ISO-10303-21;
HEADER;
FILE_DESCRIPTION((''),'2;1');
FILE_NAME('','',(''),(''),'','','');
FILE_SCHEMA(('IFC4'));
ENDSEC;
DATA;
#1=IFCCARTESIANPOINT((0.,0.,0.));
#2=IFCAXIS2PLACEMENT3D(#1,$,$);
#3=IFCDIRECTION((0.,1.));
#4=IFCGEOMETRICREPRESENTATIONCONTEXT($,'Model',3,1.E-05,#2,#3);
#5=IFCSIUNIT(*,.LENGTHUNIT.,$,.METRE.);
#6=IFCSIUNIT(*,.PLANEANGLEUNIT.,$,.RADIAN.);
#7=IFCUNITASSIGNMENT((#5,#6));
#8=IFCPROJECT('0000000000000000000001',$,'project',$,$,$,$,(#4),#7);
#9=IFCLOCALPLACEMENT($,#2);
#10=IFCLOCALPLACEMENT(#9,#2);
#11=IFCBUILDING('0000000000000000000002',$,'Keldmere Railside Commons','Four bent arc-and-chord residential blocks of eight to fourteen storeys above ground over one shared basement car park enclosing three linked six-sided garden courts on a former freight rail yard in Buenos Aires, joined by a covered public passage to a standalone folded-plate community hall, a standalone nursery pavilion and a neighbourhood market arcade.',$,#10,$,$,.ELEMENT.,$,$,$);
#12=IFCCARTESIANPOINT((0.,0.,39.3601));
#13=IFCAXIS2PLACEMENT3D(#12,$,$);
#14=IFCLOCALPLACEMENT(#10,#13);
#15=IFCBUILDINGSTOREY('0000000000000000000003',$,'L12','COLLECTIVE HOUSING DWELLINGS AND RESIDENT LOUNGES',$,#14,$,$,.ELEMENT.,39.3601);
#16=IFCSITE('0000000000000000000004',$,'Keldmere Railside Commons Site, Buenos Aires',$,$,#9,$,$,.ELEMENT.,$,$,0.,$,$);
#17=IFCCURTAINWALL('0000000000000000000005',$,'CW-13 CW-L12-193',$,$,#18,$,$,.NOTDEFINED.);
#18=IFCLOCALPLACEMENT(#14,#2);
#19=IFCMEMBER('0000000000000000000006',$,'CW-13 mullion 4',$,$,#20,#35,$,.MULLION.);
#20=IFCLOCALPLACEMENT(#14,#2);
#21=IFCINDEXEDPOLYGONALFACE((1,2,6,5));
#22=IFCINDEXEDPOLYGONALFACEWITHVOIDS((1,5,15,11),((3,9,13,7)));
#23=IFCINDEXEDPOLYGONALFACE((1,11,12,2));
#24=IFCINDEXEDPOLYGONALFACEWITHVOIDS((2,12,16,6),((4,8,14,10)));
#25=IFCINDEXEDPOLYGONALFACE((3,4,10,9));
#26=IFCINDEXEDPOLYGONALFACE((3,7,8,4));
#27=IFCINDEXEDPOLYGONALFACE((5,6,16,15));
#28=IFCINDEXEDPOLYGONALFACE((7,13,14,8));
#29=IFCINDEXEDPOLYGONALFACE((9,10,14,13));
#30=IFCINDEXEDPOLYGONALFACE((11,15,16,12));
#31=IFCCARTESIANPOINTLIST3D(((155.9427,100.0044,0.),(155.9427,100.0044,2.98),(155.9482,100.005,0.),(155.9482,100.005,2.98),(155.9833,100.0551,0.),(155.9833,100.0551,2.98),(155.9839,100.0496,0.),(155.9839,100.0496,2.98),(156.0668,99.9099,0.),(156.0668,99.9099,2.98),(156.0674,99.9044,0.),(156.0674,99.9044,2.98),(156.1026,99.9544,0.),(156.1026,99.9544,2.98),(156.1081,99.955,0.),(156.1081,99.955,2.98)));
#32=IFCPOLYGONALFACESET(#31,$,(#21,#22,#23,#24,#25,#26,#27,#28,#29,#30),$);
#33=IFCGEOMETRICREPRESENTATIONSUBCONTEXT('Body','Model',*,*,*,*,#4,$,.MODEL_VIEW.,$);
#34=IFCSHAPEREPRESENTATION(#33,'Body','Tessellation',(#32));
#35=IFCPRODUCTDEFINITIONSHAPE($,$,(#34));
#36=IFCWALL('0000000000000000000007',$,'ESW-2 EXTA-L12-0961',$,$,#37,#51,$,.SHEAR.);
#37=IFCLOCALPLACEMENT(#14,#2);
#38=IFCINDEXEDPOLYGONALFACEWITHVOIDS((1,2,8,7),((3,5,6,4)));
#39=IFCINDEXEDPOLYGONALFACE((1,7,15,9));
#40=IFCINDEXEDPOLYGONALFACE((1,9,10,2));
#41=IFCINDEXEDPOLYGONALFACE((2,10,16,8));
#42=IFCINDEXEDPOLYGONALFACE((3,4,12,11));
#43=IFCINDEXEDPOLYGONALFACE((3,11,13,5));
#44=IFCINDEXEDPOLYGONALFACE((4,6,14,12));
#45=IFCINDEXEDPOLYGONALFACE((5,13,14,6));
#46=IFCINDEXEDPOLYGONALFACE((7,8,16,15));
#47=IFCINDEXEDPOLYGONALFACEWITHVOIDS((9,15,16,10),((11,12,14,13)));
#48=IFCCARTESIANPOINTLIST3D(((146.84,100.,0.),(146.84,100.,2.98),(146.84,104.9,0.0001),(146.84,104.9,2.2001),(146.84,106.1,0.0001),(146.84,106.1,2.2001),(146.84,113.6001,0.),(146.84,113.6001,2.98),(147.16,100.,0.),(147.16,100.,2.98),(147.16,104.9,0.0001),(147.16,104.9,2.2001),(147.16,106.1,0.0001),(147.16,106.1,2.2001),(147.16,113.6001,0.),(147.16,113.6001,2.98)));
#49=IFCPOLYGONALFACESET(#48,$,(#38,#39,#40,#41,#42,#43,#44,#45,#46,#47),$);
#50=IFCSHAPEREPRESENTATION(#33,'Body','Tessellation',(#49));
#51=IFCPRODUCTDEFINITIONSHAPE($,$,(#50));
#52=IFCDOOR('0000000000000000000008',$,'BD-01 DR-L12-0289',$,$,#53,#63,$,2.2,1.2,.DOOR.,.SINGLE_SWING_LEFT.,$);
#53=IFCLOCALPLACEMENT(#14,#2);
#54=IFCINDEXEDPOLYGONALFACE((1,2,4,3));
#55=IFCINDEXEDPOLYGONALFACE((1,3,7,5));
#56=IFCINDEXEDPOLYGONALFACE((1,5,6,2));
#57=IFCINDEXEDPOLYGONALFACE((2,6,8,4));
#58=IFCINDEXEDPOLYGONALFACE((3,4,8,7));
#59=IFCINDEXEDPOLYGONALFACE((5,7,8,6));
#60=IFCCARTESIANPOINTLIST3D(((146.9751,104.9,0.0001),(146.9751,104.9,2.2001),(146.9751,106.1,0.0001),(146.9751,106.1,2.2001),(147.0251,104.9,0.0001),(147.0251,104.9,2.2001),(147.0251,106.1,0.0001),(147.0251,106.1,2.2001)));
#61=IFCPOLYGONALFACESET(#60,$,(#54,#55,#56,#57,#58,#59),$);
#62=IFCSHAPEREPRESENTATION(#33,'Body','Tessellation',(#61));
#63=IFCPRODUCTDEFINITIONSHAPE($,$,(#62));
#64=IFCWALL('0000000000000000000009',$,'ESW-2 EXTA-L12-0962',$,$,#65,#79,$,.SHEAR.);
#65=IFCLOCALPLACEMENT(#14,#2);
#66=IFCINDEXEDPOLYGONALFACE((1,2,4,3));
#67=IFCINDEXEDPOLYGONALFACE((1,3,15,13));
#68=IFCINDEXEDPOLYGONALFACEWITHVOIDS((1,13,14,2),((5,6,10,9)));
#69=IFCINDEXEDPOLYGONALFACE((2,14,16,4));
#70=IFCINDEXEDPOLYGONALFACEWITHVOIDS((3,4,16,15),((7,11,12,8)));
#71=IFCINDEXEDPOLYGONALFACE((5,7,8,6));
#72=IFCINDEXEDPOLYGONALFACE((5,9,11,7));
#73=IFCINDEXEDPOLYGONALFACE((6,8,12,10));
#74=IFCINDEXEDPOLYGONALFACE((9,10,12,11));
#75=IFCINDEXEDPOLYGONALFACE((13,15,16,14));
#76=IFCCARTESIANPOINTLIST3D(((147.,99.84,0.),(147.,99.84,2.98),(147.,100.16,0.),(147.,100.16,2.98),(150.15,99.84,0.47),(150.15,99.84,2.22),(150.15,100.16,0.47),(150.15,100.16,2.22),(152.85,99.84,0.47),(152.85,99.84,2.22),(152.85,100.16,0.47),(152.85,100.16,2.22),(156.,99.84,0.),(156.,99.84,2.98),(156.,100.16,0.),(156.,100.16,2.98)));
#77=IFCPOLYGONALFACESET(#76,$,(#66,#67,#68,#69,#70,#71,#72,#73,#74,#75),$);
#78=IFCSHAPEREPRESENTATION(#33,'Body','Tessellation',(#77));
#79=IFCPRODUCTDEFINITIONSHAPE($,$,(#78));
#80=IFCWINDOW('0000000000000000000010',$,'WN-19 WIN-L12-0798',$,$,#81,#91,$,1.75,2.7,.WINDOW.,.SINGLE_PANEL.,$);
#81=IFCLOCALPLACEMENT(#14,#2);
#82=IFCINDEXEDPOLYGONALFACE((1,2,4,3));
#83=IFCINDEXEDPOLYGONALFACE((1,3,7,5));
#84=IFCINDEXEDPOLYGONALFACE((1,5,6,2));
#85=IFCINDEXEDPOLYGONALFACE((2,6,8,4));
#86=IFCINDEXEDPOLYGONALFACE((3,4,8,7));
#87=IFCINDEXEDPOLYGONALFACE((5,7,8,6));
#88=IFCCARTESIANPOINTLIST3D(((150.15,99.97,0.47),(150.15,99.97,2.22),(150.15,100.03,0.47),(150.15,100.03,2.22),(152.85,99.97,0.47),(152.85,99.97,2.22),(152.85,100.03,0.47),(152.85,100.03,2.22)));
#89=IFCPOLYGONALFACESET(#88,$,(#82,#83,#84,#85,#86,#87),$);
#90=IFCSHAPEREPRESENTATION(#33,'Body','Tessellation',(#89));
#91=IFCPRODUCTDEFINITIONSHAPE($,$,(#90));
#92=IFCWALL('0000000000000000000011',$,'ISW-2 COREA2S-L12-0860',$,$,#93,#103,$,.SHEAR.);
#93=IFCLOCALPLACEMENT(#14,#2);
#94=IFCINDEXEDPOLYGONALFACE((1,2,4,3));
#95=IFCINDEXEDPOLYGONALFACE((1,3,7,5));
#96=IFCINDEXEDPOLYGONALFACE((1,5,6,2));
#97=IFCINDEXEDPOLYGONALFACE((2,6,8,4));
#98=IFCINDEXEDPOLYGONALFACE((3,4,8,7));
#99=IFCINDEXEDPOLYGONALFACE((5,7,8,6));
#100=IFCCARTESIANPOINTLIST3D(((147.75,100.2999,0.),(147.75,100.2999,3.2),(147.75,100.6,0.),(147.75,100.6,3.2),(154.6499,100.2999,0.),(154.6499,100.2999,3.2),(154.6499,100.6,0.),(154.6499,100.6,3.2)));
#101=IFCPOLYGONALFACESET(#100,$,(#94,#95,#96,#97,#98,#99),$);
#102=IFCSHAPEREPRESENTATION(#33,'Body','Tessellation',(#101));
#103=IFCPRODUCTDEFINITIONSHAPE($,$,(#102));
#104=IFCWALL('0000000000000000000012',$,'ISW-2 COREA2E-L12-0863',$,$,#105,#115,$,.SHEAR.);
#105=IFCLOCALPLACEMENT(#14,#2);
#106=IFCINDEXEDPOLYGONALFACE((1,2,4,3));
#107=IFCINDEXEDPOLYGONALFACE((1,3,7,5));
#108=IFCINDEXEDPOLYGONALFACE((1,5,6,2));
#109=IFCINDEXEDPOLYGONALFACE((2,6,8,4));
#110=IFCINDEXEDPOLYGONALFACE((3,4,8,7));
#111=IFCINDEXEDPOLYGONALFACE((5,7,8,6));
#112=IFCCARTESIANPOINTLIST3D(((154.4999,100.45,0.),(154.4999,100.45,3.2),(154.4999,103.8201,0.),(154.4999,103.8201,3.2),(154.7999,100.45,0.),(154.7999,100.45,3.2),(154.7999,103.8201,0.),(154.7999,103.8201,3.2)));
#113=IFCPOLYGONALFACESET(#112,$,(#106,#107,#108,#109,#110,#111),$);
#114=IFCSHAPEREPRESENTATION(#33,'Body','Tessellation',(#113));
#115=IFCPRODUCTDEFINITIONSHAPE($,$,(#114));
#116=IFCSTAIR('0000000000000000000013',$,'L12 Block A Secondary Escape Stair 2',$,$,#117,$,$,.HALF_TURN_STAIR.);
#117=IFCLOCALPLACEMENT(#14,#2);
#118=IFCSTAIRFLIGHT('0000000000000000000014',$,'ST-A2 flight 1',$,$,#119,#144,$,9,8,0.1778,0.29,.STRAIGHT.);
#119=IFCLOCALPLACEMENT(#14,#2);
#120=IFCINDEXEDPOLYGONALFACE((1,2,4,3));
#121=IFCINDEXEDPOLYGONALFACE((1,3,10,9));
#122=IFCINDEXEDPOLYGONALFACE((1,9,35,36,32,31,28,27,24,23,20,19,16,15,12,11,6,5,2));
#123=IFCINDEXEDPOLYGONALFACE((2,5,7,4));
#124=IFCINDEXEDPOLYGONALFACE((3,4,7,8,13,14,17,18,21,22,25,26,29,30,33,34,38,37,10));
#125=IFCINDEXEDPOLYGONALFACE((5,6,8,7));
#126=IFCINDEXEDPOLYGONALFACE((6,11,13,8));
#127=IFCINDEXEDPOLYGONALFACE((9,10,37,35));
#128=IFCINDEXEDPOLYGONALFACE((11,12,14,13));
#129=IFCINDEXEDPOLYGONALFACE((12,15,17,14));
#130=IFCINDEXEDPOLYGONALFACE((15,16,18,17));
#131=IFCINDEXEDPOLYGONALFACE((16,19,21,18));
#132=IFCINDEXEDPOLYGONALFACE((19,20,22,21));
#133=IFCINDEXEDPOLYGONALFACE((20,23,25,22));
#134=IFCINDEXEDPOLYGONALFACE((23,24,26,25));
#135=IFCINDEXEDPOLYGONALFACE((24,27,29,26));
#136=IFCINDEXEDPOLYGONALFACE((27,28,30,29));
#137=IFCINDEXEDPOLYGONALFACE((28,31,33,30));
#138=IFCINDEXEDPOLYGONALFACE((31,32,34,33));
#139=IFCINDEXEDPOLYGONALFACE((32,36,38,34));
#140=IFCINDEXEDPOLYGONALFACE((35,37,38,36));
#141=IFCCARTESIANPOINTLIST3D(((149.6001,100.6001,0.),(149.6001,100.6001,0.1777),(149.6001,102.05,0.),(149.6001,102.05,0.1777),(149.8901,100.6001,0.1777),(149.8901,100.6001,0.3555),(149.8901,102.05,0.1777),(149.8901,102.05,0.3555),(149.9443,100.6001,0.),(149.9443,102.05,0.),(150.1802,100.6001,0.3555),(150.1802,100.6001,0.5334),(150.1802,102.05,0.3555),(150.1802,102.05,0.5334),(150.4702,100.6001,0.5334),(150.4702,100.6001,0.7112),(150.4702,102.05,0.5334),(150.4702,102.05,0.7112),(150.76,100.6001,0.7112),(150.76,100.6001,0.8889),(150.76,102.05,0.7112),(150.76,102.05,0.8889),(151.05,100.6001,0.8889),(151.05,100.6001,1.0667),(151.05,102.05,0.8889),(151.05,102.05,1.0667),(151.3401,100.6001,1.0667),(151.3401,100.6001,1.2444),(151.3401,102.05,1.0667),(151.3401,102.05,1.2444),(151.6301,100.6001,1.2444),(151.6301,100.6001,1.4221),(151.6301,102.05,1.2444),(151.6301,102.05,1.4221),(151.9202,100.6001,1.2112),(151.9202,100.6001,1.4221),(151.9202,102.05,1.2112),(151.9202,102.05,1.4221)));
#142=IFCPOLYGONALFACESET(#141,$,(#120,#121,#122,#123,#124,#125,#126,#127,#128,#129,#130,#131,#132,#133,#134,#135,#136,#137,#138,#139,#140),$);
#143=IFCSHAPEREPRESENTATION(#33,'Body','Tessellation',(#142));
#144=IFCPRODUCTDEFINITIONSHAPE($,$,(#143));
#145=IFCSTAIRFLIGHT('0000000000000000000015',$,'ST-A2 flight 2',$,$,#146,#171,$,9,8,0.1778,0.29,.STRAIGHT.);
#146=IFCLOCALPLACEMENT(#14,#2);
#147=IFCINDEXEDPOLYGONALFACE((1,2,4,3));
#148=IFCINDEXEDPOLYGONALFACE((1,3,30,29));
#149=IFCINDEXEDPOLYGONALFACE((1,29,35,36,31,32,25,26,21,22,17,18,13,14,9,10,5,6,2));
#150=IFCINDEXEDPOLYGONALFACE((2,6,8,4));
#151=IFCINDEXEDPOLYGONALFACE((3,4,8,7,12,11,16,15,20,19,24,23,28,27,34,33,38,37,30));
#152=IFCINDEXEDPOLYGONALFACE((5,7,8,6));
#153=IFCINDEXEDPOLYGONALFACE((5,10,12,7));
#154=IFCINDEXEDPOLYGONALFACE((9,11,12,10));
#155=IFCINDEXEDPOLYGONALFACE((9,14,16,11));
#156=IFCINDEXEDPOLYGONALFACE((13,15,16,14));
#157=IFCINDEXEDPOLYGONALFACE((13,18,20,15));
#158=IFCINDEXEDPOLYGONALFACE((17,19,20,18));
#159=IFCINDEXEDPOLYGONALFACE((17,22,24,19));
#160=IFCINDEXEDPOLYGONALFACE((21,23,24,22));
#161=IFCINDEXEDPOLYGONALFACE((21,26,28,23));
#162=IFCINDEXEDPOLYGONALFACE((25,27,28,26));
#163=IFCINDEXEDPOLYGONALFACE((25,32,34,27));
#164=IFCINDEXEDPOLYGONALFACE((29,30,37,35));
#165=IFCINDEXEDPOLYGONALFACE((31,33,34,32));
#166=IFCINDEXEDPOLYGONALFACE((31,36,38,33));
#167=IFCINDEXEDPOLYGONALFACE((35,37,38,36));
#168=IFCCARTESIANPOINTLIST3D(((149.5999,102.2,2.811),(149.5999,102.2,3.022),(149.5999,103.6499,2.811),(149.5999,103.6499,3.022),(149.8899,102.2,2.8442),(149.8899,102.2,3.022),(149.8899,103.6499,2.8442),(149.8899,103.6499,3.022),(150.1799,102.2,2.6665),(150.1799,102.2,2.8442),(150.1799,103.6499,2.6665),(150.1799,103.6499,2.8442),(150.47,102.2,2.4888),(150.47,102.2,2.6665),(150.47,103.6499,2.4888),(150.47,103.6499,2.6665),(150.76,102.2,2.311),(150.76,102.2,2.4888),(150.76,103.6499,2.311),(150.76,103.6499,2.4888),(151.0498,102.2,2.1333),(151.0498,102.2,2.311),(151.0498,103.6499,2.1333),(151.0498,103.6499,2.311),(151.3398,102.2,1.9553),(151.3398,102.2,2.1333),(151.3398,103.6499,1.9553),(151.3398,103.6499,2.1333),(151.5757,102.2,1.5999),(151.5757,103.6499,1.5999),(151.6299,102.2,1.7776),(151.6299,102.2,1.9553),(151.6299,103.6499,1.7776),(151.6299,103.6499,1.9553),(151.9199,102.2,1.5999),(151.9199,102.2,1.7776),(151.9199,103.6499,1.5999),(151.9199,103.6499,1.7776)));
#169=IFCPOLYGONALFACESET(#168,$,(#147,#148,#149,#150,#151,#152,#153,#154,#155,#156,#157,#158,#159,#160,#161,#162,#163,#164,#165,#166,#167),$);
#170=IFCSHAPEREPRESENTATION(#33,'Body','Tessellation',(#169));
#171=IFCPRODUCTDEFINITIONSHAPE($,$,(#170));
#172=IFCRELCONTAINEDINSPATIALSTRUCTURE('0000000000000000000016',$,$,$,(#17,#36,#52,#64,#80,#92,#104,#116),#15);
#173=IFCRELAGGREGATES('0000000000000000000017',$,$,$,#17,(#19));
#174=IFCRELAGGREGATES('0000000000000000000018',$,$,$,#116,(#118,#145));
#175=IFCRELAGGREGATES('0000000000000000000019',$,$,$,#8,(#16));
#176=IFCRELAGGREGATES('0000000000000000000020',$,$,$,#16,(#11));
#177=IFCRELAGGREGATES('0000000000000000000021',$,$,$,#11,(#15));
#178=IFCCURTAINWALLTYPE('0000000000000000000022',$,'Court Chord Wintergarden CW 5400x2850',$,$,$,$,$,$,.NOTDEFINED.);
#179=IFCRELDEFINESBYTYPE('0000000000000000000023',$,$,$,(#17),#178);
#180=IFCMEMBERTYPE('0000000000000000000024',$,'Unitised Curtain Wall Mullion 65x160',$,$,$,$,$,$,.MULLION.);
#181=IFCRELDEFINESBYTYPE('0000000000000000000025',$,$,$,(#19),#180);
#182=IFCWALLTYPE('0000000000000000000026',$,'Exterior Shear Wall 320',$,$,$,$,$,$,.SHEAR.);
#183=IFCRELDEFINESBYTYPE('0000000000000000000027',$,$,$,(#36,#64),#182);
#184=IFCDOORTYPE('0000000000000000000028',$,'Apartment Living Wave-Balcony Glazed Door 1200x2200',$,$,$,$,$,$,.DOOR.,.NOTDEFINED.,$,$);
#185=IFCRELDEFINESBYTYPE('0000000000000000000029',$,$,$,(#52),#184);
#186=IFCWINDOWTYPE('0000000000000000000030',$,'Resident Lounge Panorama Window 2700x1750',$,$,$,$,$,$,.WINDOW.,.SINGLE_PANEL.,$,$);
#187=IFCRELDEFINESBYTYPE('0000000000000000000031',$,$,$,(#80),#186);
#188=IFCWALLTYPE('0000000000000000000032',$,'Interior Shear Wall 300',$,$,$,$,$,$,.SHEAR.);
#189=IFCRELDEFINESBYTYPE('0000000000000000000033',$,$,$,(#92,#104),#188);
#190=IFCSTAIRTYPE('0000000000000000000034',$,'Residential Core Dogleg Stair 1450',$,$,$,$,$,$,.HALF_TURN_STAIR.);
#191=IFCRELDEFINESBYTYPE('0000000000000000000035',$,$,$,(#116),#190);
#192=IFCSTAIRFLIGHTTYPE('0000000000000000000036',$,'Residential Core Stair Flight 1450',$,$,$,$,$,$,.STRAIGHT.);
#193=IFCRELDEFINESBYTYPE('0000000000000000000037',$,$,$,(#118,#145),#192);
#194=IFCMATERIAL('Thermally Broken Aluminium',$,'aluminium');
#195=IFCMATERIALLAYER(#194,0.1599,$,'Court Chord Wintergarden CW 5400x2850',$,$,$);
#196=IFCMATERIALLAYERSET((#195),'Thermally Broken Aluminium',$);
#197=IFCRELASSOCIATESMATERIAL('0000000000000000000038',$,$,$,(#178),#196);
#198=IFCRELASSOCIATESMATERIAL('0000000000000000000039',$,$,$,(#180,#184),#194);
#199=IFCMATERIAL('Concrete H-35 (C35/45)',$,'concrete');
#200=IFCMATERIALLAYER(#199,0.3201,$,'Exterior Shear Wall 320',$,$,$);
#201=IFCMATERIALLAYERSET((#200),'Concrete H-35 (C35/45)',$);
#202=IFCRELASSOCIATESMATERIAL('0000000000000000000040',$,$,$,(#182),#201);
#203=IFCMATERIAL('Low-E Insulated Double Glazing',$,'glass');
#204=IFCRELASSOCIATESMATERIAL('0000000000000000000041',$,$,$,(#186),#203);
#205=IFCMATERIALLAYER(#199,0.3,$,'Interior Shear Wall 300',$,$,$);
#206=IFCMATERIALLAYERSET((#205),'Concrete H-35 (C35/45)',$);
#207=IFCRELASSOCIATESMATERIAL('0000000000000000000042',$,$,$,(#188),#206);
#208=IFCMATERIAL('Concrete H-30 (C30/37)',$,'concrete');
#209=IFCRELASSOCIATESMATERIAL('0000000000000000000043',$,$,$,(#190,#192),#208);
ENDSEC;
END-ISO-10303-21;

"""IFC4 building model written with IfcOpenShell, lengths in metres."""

from ifc_helpers import new_model, si_unit, direction, frame, frame_2d, origin, origin_2d, place, context, subcontext, project, spatial, polyline, rectangle, hollow_rectangle, outline, extrude, material, layer, layer_set, material_profile, profile_set, type_object, element, fill, aggregate, save


model = new_model("IFC4")

# Units and contexts
model_context = context("Model", 3, precision=1e-05, world=origin(), true_north=direction((0.0, 1.0)))
body_context = subcontext(model_context, "Body", "Model", "MODEL_VIEW")
ifc_project = project(units=[si_unit("LENGTHUNIT", "METRE"), si_unit("PLANEANGLEUNIT", "RADIAN")], contexts=[model_context])

# Site, building, storey
site_placement = place(None, origin())
site = spatial("IfcSite", under=ifc_project, at=site_placement, Name="Keldmere Railside Commons Site, Buenos Aires", CompositionType="ELEMENT", RefElevation=0.0)
building_placement = place(site_placement, origin())
building = spatial("IfcBuilding", under=site, at=building_placement, Name="Keldmere Railside Commons", Description="Four bent arc-and-chord residential blocks of eight to fourteen storeys above ground over one shared basement car park enclosing three linked six-sided garden courts on a former freight rail yard in Buenos Aires, joined by a covered public passage to a standalone folded-plate community hall, a standalone nursery pavilion and a neighbourhood market arcade.", CompositionType="ELEMENT")
storey_placement = place(building_placement, frame((0.0, 0.0, 39.3601)))
storey = spatial("IfcBuildingStorey", under=building, at=storey_placement, Name="L12", Description="COLLECTIVE HOUSING DWELLINGS AND RESIDENT LOUNGES", CompositionType="ELEMENT", Elevation=39.3601)

# Curtain wall, member
ifc_material_1 = material(Name="Thermally Broken Aluminium", Category="aluminium")
ifc_layer_1 = layer(ifc_material_1, 0.1599, Name="Court Chord Wintergarden CW 5400x2850")
ifc_layer_set_1 = layer_set([ifc_layer_1], Name="Thermally Broken Aluminium")
curtain_wall_type = type_object("IfcCurtainWallType", Name="Court Chord Wintergarden CW 5400x2850", PredefinedType="NOTDEFINED", material=ifc_layer_set_1)
curtain_wall_placement = place(storey_placement, origin())
curtain_wall = element("IfcCurtainWall", 1, at=curtain_wall_placement, inside=storey, type_object=curtain_wall_type, Name="CW-13 CW-L12-193", PredefinedType="NOTDEFINED")
ifc_material_profile = material_profile(ifc_material_1, hollow_rectangle(XDim=0.0649, YDim=0.1599, WallThickness=0.0039, at=origin_2d()), Name="ALU-MULL-65x160")
ifc_profile_set = profile_set([ifc_material_profile], Name="Thermally Broken Aluminium")
member_type = type_object("IfcMemberType", Name="Unitised Curtain Wall Mullion 65x160", PredefinedType="MULLION", material=ifc_profile_set)
member_placement = place(storey_placement, frame((156.0254, 99.9797, 0.0), z_axis=(0.0, 0.0, 1.0), x_axis=(-0.625768, -0.780009, 0.0)))
member = element("IfcMember", 2, at=member_placement, type_object=member_type, Name="CW-13 mullion 4", PredefinedType="MULLION", context=body_context, shape_type="SweptSolid", body=[
    extrude(hollow_rectangle(XDim=0.0649, YDim=0.1599, WallThickness=0.0039, at=origin_2d()), origin(), (0.0, 0.0, 1.0), 2.98),
])
aggregate(curtain_wall, [member])

# Wall, opening, door
ifc_material_2 = material(Name="Concrete H-35 (C35/45)", Category="concrete")
ifc_layer_2 = layer(ifc_material_2, 0.3201, Name="Exterior Shear Wall 320")
ifc_layer_set_2 = layer_set([ifc_layer_2], Name="Concrete H-35 (C35/45)")
wall_type_1 = type_object("IfcWallType", Name="Exterior Shear Wall 320", PredefinedType="SHEAR", material=ifc_layer_set_2)
wall_1_placement = place(storey_placement, frame((147.0, 100.0, 0.0), z_axis=(0.0, 0.0, 1.0), x_axis=(0.0, 1.0, 0.0)))
wall_1 = element("IfcWall", 3, at=wall_1_placement, inside=storey, type_object=wall_type_1, Name="ESW-2 EXTA-L12-0961", PredefinedType="SHEAR", context=body_context, shape_type="SweptSolid", body=[
    extrude(rectangle(XDim=13.6001, YDim=0.3201, at=frame_2d((6.8, 0.0))), origin(), (0.0, 0.0, 1.0), 2.98),
])
opening_1_placement = place(wall_1_placement, frame((4.8999, 0.0, 0.0)))
opening_1 = element("IfcOpeningElement", 4, at=opening_1_placement, cuts=wall_1, PredefinedType="OPENING", context=body_context, shape_type="SweptSolid", body=[
    extrude(rectangle(XDim=1.2, YDim=2.2, at=frame_2d((0.6001, 1.1001))), frame((0.0, 0.1699, 0.0), z_axis=(0.0, -1.0, 0.0), x_axis=(1.0, 0.0, 0.0)), (0.0, 0.0, 1.0), 0.3401),
])
door_type = type_object("IfcDoorType", Name="Apartment Living Wave-Balcony Glazed Door 1200x2200", OperationType="NOTDEFINED", PredefinedType="DOOR", material=ifc_material_1)
door_placement = place(opening_1_placement, origin())
door = element("IfcDoor", 5, at=door_placement, inside=storey, type_object=door_type, Name="BD-01 DR-L12-0289", OperationType="SINGLE_SWING_LEFT", OverallHeight=2.2, OverallWidth=1.2, PredefinedType="DOOR", context=body_context, shape_type="SweptSolid", body=[
    extrude(rectangle(XDim=1.2, YDim=2.2, at=frame_2d((0.6001, 1.1001))), frame((0.0, 0.0249, 0.0), z_axis=(0.0, -1.0, 0.0), x_axis=(1.0, 0.0, 0.0)), (0.0, 0.0, 1.0), 0.05),
])
fill(opening_1, door)

# Wall, opening, window
wall_2_placement = place(storey_placement, frame((156.0, 100.0, 0.0), z_axis=(0.0, 0.0, 1.0), x_axis=(-1.0, 0.0, 0.0)))
wall_2 = element("IfcWall", 6, at=wall_2_placement, inside=storey, type_object=wall_type_1, Name="ESW-2 EXTA-L12-0962", PredefinedType="SHEAR", context=body_context, shape_type="SweptSolid", body=[
    extrude(rectangle(XDim=9.0, YDim=0.3201, at=frame_2d((4.5, 0.0))), origin(), (0.0, 0.0, 1.0), 2.98),
])
opening_2_placement = place(wall_2_placement, frame((3.1499, 0.0, 0.47)))
opening_2 = element("IfcOpeningElement", 7, at=opening_2_placement, cuts=wall_2, PredefinedType="OPENING", context=body_context, shape_type="SweptSolid", body=[
    extrude(rectangle(XDim=2.7, YDim=1.75, at=frame_2d((1.3501, 0.875))), frame((0.0, 0.1699, 0.0), z_axis=(0.0, -1.0, 0.0), x_axis=(1.0, 0.0, 0.0)), (0.0, 0.0, 1.0), 0.3401),
])
ifc_material_3 = material(Name="Low-E Insulated Double Glazing", Category="glass")
window_type = type_object("IfcWindowType", Name="Resident Lounge Panorama Window 2700x1750", PartitioningType="SINGLE_PANEL", PredefinedType="WINDOW", material=ifc_material_3)
window_placement = place(opening_2_placement, origin())
window = element("IfcWindow", 8, at=window_placement, inside=storey, type_object=window_type, Name="WN-19 WIN-L12-0798", OverallHeight=1.75, OverallWidth=2.7, PartitioningType="SINGLE_PANEL", PredefinedType="WINDOW", context=body_context, shape_type="SweptSolid", body=[
    extrude(rectangle(XDim=2.7, YDim=1.75, at=frame_2d((1.3501, 0.875))), frame((0.0, 0.03, 0.0), z_axis=(0.0, -1.0, 0.0), x_axis=(1.0, 0.0, 0.0)), (0.0, 0.0, 1.0), 0.0601),
])
fill(opening_2, window)

# Walls
ifc_layer_3 = layer(ifc_material_2, 0.3, Name="Interior Shear Wall 300")
ifc_layer_set_3 = layer_set([ifc_layer_3], Name="Concrete H-35 (C35/45)")
wall_type_2 = type_object("IfcWallType", Name="Interior Shear Wall 300", PredefinedType="SHEAR", material=ifc_layer_set_3)
wall_3_placement = place(storey_placement, frame((147.75, 100.45, 0.0), z_axis=(0.0, 0.0, 1.0), x_axis=(1.0, 0.0, 0.0)))
element("IfcWall", 9, at=wall_3_placement, inside=storey, type_object=wall_type_2, Name="ISW-2 COREA2S-L12-0860", PredefinedType="SHEAR", context=body_context, shape_type="SweptSolid", body=[
    extrude(rectangle(XDim=6.8999, YDim=0.3, at=frame_2d((3.45, 0.0))), origin(), (0.0, 0.0, 1.0), 3.2),
])
wall_4_placement = place(storey_placement, frame((154.6499, 100.45, 0.0), z_axis=(0.0, 0.0, 1.0), x_axis=(0.0, 1.0, 0.0)))
element("IfcWall", 10, at=wall_4_placement, inside=storey, type_object=wall_type_2, Name="ISW-2 COREA2E-L12-0863", PredefinedType="SHEAR", context=body_context, shape_type="SweptSolid", body=[
    extrude(rectangle(XDim=3.3701, YDim=0.3, at=frame_2d((1.6851, 0.0))), origin(), (0.0, 0.0, 1.0), 3.2),
])

# Stair, stair flights
ifc_material_4 = material(Name="Concrete H-30 (C30/37)", Category="concrete")
stair_type = type_object("IfcStairType", Name="Residential Core Dogleg Stair 1450", PredefinedType="HALF_TURN_STAIR", material=ifc_material_4)
stair_placement = place(storey_placement, origin())
stair = element("IfcStair", 11, at=stair_placement, inside=storey, type_object=stair_type, Name="L12 Block A Secondary Escape Stair 2", PredefinedType="HALF_TURN_STAIR")
stair_flight_type = type_object("IfcStairFlightType", Name="Residential Core Stair Flight 1450", PredefinedType="STRAIGHT", material=ifc_material_4)
stair_flight_1_placement = place(storey_placement, frame((149.6001, 101.325, 0.0), z_axis=(0.0, 0.0, 1.0), x_axis=(1.0, 0.0, 0.0)))
stair_flight_1 = element("IfcStairFlight", 12, at=stair_flight_1_placement, type_object=stair_flight_type, Name="ST-A2 flight 1", NumberOfRisers=9, NumberOfTreads=8, PredefinedType="STRAIGHT", RiserHeight=0.1778, TreadLength=0.29, context=body_context, shape_type="SweptSolid", body=[
    extrude(outline(polyline([(0.0, 0.0), (0.0, 0.1777), (0.29, 0.1777), (0.29, 0.3555), (0.5801, 0.3555), (0.5801, 0.5334), (0.8701, 0.5334), (0.8701, 0.7112), (1.1599, 0.7112), (1.1599, 0.8889), (1.45, 0.8889), (1.45, 1.0667), (1.74, 1.0667), (1.74, 1.2444), (2.03, 1.2444), (2.03, 1.4221), (2.3201, 1.4221), (2.3201, 1.6001), (2.3201, 1.2112), (0.3442, 0.0), (0.0, 0.0)])), frame((0.0, 0.7251, 0.0), z_axis=(0.0, -1.0, 0.0), x_axis=(1.0, 0.0, 0.0)), (0.0, 0.0, 1.0), 1.45),
])
stair_flight_2_placement = place(storey_placement, frame((151.9199, 102.925, 1.5999), z_axis=(0.0, 0.0, 1.0), x_axis=(-1.0, 0.0, 0.0)))
stair_flight_2 = element("IfcStairFlight", 13, at=stair_flight_2_placement, type_object=stair_flight_type, Name="ST-A2 flight 2", NumberOfRisers=9, NumberOfTreads=8, PredefinedType="STRAIGHT", RiserHeight=0.1778, TreadLength=0.29, context=body_context, shape_type="SweptSolid", body=[
    extrude(outline(polyline([(0.0, 0.0), (0.0, 0.1777), (0.29, 0.1777), (0.29, 0.3555), (0.5801, 0.3555), (0.5801, 0.5334), (0.8701, 0.5334), (0.8701, 0.7112), (1.1599, 0.7112), (1.1599, 0.8889), (1.45, 0.8889), (1.45, 1.0667), (1.74, 1.0667), (1.74, 1.2444), (2.03, 1.2444), (2.03, 1.4221), (2.3201, 1.4221), (2.3201, 1.6001), (2.3201, 1.2112), (0.3442, 0.0), (0.0, 0.0)])), frame((0.0, 0.7251, 0.0), z_axis=(0.0, -1.0, 0.0), x_axis=(1.0, 0.0, 0.0)), (0.0, 0.0, 1.0), 1.45),
])
aggregate(stair, [stair_flight_1, stair_flight_2])

save(model, "model.ifc")
